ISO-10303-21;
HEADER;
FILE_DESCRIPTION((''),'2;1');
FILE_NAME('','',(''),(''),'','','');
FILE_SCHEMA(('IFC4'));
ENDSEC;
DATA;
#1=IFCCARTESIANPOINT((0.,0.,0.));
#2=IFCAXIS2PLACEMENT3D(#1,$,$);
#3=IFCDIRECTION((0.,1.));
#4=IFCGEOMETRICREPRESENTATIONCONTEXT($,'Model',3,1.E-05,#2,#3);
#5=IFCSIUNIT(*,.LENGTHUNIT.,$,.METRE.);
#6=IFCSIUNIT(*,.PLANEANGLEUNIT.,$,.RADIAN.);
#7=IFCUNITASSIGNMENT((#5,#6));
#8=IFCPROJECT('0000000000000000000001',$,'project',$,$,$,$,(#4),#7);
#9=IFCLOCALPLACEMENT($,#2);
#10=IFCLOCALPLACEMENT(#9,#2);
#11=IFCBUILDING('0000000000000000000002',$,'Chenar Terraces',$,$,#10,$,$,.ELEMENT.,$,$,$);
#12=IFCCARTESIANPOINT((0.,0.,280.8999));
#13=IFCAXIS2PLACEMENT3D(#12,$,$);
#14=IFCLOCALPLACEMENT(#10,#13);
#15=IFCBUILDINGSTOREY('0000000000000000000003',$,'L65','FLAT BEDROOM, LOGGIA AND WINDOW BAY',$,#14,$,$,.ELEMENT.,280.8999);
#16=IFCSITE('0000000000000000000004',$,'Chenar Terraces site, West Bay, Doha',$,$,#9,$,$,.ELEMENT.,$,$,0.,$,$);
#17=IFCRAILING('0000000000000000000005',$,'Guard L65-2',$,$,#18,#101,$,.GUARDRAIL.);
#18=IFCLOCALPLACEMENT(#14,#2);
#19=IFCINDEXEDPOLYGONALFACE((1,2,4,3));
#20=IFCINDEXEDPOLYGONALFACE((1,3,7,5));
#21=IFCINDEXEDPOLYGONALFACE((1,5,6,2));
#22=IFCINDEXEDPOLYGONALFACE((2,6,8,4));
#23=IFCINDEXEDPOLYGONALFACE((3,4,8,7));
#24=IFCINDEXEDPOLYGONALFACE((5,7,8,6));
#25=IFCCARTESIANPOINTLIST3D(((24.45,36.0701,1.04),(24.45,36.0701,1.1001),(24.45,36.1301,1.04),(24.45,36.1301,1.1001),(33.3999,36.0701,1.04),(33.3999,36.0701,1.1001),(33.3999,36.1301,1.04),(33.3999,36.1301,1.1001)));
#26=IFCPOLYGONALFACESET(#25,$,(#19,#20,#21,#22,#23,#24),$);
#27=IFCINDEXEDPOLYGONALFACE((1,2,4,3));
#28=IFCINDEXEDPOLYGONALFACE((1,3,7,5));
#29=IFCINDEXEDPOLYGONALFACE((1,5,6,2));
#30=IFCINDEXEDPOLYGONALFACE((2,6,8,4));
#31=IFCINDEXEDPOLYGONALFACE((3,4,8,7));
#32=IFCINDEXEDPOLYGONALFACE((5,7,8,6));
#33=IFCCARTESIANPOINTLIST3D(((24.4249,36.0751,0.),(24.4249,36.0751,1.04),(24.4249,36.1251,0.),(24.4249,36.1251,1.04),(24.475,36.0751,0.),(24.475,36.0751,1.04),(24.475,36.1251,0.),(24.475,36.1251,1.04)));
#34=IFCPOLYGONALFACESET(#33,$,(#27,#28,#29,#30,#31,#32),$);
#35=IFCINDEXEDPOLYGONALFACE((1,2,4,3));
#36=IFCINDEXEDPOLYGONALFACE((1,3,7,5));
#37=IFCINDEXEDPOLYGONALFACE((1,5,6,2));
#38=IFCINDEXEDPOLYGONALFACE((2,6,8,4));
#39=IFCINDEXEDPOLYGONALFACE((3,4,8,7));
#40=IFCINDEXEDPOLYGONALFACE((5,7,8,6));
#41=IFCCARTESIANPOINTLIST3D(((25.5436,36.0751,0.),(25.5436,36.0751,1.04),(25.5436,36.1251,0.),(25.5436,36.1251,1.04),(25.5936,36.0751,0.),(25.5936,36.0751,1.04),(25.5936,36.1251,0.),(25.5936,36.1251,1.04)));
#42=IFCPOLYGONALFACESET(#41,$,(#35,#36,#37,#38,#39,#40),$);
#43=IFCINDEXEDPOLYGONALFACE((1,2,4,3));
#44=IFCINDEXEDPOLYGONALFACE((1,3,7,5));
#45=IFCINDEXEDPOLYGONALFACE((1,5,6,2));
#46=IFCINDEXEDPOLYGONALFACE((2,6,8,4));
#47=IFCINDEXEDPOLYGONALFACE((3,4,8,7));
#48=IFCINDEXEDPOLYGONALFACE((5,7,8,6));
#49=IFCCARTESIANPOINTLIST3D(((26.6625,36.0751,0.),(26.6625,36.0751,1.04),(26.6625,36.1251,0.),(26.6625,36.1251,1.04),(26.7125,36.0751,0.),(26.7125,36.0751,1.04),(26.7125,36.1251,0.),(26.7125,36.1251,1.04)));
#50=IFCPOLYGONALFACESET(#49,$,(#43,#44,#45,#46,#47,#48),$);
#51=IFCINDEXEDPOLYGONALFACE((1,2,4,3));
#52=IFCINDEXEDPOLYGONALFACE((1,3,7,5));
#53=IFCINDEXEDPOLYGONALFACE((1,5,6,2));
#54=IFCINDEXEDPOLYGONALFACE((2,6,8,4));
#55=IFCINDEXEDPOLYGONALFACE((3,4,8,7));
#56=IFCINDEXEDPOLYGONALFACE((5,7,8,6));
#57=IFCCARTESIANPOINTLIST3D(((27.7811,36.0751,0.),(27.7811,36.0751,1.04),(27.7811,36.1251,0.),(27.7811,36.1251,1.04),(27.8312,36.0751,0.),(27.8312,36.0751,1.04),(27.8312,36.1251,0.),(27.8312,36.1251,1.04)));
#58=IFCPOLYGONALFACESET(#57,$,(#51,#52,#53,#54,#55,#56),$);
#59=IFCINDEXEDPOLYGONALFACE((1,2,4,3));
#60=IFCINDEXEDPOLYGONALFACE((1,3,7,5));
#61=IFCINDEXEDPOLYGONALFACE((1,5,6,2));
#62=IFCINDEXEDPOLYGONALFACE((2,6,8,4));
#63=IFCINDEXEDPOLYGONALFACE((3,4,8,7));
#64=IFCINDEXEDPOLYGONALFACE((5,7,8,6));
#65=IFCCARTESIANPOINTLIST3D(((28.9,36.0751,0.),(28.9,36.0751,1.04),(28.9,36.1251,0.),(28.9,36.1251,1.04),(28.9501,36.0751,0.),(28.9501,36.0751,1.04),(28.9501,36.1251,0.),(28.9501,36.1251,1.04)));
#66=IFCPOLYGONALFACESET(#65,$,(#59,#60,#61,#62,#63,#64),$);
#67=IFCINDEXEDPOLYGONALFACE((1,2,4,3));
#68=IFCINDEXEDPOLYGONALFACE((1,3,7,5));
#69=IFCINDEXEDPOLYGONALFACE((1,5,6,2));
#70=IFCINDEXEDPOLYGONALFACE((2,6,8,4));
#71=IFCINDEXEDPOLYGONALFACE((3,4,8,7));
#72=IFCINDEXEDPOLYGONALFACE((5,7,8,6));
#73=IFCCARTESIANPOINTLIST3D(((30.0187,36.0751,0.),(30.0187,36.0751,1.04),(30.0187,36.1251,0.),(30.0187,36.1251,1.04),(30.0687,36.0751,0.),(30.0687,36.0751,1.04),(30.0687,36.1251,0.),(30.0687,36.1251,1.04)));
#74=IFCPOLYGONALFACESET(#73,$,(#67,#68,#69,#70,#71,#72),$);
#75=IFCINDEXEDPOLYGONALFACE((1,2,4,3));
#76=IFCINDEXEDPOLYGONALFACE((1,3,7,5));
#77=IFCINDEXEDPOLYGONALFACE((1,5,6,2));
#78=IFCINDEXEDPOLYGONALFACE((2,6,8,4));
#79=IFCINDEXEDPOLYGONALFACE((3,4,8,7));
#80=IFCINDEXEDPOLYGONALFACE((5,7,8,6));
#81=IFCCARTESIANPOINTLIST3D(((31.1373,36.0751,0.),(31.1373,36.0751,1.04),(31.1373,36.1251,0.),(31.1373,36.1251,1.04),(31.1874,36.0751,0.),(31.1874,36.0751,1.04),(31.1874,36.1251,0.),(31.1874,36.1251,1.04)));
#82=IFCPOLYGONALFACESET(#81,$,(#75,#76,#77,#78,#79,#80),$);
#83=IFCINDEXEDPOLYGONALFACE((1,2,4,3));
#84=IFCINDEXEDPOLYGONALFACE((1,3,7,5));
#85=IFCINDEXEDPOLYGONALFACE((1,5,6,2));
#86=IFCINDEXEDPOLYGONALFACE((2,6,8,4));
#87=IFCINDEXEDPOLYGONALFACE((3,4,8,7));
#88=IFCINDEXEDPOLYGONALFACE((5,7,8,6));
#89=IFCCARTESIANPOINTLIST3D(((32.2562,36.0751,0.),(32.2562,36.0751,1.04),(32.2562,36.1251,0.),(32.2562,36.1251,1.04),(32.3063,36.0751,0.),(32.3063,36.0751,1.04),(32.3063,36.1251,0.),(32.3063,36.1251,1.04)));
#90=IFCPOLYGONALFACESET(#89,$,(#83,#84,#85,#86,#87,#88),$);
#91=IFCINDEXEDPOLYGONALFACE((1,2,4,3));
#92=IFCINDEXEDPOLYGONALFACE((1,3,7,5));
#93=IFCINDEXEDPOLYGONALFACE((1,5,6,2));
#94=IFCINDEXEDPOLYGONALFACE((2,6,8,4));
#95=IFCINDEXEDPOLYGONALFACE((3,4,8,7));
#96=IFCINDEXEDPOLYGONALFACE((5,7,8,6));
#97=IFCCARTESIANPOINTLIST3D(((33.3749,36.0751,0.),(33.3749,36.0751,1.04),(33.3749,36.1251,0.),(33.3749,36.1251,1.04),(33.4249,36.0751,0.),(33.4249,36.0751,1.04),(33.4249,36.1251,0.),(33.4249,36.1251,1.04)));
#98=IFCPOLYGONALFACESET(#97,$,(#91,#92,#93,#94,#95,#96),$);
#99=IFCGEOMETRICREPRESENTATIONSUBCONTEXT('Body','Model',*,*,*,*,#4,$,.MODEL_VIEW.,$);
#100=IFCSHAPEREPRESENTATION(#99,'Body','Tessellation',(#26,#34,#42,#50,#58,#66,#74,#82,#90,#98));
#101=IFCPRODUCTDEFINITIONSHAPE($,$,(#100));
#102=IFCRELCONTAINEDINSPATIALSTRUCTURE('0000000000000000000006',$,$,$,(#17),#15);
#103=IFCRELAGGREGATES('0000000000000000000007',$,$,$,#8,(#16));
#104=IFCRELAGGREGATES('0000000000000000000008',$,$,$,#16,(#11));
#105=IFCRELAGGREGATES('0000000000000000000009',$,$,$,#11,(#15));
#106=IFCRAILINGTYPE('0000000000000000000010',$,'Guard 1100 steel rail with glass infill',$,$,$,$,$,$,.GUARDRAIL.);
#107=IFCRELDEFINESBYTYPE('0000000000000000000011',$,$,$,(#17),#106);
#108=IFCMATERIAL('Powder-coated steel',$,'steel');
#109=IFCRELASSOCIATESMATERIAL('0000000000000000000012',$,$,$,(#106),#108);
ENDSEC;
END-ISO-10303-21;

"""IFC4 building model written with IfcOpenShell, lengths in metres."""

from ifc_helpers import new_model, si_unit, direction, frame, origin, origin_2d, place, context, subcontext, project, spatial, rectangle, extrude, material, type_object, element, save


model = new_model("IFC4")

# Units and contexts
model_context = context("Model", 3, precision=1e-05, world=origin(), true_north=direction((0.0, 1.0)))
body_context = subcontext(model_context, "Body", "Model", "MODEL_VIEW")
ifc_project = project(units=[si_unit("LENGTHUNIT", "METRE"), si_unit("PLANEANGLEUNIT", "RADIAN")], contexts=[model_context])

# Site, building, storey
site_placement = place(None, origin())
site = spatial("IfcSite", under=ifc_project, at=site_placement, Name="Chenar Terraces site, West Bay, Doha", CompositionType="ELEMENT", RefElevation=0.0)
building_placement = place(site_placement, origin())
building = spatial("IfcBuilding", under=site, at=building_placement, Name="Chenar Terraces", CompositionType="ELEMENT")
storey_placement = place(building_placement, frame((0.0, 0.0, 280.8999)))
storey = spatial("IfcBuildingStorey", under=building, at=storey_placement, Name="L65", Description="FLAT BEDROOM, LOGGIA AND WINDOW BAY", CompositionType="ELEMENT", Elevation=280.8999)

# Railing
ifc_material_1 = material(Name="Powder-coated steel", Category="steel")
railing_type = type_object("IfcRailingType", Name="Guard 1100 steel rail with glass infill", PredefinedType="GUARDRAIL", material=ifc_material_1)
railing_1_placement = place(storey_placement, frame((24.45, 36.1001, 0.0)))
element("IfcRailing", 1, at=railing_1_placement, inside=storey, type_object=railing_type, Name="Guard L65-2", PredefinedType="GUARDRAIL", context=body_context, shape_type="SweptSolid", body=[
    extrude(rectangle(XDim=0.0601, YDim=0.0601, at=origin_2d()), frame((0.0, 0.0, 1.0701), z_axis=(1.0, 0.0, 0.0), x_axis=(0.0, 1.0, 0.0)), (0.0, 0.0, 1.0), 8.95),
    extrude(rectangle(XDim=0.05, YDim=0.05, at=origin_2d()), origin(), (0.0, 0.0, 1.0), 1.04),
    extrude(rectangle(XDim=0.05, YDim=0.05, at=origin_2d()), frame((1.1187, 0.0, 0.0)), (0.0, 0.0, 1.0), 1.04),
    extrude(rectangle(XDim=0.05, YDim=0.05, at=origin_2d()), frame((2.2375, 0.0, 0.0)), (0.0, 0.0, 1.0), 1.04),
    extrude(rectangle(XDim=0.05, YDim=0.05, at=origin_2d()), frame((3.3562, 0.0, 0.0)), (0.0, 0.0, 1.0), 1.04),
    extrude(rectangle(XDim=0.05, YDim=0.05, at=origin_2d()), frame((4.4751, 0.0, 0.0)), (0.0, 0.0, 1.0), 1.04),
    extrude(rectangle(XDim=0.05, YDim=0.05, at=origin_2d()), frame((5.5938, 0.0, 0.0)), (0.0, 0.0, 1.0), 1.04),
    extrude(rectangle(XDim=0.05, YDim=0.05, at=origin_2d()), frame((6.7124, 0.0, 0.0)), (0.0, 0.0, 1.0), 1.04),
    extrude(rectangle(XDim=0.05, YDim=0.05, at=origin_2d()), frame((7.8313, 0.0, 0.0)), (0.0, 0.0, 1.0), 1.04),
    extrude(rectangle(XDim=0.05, YDim=0.05, at=origin_2d()), frame((8.95, 0.0, 0.0)), (0.0, 0.0, 1.0), 1.04),
])

save(model, "model.ifc")
